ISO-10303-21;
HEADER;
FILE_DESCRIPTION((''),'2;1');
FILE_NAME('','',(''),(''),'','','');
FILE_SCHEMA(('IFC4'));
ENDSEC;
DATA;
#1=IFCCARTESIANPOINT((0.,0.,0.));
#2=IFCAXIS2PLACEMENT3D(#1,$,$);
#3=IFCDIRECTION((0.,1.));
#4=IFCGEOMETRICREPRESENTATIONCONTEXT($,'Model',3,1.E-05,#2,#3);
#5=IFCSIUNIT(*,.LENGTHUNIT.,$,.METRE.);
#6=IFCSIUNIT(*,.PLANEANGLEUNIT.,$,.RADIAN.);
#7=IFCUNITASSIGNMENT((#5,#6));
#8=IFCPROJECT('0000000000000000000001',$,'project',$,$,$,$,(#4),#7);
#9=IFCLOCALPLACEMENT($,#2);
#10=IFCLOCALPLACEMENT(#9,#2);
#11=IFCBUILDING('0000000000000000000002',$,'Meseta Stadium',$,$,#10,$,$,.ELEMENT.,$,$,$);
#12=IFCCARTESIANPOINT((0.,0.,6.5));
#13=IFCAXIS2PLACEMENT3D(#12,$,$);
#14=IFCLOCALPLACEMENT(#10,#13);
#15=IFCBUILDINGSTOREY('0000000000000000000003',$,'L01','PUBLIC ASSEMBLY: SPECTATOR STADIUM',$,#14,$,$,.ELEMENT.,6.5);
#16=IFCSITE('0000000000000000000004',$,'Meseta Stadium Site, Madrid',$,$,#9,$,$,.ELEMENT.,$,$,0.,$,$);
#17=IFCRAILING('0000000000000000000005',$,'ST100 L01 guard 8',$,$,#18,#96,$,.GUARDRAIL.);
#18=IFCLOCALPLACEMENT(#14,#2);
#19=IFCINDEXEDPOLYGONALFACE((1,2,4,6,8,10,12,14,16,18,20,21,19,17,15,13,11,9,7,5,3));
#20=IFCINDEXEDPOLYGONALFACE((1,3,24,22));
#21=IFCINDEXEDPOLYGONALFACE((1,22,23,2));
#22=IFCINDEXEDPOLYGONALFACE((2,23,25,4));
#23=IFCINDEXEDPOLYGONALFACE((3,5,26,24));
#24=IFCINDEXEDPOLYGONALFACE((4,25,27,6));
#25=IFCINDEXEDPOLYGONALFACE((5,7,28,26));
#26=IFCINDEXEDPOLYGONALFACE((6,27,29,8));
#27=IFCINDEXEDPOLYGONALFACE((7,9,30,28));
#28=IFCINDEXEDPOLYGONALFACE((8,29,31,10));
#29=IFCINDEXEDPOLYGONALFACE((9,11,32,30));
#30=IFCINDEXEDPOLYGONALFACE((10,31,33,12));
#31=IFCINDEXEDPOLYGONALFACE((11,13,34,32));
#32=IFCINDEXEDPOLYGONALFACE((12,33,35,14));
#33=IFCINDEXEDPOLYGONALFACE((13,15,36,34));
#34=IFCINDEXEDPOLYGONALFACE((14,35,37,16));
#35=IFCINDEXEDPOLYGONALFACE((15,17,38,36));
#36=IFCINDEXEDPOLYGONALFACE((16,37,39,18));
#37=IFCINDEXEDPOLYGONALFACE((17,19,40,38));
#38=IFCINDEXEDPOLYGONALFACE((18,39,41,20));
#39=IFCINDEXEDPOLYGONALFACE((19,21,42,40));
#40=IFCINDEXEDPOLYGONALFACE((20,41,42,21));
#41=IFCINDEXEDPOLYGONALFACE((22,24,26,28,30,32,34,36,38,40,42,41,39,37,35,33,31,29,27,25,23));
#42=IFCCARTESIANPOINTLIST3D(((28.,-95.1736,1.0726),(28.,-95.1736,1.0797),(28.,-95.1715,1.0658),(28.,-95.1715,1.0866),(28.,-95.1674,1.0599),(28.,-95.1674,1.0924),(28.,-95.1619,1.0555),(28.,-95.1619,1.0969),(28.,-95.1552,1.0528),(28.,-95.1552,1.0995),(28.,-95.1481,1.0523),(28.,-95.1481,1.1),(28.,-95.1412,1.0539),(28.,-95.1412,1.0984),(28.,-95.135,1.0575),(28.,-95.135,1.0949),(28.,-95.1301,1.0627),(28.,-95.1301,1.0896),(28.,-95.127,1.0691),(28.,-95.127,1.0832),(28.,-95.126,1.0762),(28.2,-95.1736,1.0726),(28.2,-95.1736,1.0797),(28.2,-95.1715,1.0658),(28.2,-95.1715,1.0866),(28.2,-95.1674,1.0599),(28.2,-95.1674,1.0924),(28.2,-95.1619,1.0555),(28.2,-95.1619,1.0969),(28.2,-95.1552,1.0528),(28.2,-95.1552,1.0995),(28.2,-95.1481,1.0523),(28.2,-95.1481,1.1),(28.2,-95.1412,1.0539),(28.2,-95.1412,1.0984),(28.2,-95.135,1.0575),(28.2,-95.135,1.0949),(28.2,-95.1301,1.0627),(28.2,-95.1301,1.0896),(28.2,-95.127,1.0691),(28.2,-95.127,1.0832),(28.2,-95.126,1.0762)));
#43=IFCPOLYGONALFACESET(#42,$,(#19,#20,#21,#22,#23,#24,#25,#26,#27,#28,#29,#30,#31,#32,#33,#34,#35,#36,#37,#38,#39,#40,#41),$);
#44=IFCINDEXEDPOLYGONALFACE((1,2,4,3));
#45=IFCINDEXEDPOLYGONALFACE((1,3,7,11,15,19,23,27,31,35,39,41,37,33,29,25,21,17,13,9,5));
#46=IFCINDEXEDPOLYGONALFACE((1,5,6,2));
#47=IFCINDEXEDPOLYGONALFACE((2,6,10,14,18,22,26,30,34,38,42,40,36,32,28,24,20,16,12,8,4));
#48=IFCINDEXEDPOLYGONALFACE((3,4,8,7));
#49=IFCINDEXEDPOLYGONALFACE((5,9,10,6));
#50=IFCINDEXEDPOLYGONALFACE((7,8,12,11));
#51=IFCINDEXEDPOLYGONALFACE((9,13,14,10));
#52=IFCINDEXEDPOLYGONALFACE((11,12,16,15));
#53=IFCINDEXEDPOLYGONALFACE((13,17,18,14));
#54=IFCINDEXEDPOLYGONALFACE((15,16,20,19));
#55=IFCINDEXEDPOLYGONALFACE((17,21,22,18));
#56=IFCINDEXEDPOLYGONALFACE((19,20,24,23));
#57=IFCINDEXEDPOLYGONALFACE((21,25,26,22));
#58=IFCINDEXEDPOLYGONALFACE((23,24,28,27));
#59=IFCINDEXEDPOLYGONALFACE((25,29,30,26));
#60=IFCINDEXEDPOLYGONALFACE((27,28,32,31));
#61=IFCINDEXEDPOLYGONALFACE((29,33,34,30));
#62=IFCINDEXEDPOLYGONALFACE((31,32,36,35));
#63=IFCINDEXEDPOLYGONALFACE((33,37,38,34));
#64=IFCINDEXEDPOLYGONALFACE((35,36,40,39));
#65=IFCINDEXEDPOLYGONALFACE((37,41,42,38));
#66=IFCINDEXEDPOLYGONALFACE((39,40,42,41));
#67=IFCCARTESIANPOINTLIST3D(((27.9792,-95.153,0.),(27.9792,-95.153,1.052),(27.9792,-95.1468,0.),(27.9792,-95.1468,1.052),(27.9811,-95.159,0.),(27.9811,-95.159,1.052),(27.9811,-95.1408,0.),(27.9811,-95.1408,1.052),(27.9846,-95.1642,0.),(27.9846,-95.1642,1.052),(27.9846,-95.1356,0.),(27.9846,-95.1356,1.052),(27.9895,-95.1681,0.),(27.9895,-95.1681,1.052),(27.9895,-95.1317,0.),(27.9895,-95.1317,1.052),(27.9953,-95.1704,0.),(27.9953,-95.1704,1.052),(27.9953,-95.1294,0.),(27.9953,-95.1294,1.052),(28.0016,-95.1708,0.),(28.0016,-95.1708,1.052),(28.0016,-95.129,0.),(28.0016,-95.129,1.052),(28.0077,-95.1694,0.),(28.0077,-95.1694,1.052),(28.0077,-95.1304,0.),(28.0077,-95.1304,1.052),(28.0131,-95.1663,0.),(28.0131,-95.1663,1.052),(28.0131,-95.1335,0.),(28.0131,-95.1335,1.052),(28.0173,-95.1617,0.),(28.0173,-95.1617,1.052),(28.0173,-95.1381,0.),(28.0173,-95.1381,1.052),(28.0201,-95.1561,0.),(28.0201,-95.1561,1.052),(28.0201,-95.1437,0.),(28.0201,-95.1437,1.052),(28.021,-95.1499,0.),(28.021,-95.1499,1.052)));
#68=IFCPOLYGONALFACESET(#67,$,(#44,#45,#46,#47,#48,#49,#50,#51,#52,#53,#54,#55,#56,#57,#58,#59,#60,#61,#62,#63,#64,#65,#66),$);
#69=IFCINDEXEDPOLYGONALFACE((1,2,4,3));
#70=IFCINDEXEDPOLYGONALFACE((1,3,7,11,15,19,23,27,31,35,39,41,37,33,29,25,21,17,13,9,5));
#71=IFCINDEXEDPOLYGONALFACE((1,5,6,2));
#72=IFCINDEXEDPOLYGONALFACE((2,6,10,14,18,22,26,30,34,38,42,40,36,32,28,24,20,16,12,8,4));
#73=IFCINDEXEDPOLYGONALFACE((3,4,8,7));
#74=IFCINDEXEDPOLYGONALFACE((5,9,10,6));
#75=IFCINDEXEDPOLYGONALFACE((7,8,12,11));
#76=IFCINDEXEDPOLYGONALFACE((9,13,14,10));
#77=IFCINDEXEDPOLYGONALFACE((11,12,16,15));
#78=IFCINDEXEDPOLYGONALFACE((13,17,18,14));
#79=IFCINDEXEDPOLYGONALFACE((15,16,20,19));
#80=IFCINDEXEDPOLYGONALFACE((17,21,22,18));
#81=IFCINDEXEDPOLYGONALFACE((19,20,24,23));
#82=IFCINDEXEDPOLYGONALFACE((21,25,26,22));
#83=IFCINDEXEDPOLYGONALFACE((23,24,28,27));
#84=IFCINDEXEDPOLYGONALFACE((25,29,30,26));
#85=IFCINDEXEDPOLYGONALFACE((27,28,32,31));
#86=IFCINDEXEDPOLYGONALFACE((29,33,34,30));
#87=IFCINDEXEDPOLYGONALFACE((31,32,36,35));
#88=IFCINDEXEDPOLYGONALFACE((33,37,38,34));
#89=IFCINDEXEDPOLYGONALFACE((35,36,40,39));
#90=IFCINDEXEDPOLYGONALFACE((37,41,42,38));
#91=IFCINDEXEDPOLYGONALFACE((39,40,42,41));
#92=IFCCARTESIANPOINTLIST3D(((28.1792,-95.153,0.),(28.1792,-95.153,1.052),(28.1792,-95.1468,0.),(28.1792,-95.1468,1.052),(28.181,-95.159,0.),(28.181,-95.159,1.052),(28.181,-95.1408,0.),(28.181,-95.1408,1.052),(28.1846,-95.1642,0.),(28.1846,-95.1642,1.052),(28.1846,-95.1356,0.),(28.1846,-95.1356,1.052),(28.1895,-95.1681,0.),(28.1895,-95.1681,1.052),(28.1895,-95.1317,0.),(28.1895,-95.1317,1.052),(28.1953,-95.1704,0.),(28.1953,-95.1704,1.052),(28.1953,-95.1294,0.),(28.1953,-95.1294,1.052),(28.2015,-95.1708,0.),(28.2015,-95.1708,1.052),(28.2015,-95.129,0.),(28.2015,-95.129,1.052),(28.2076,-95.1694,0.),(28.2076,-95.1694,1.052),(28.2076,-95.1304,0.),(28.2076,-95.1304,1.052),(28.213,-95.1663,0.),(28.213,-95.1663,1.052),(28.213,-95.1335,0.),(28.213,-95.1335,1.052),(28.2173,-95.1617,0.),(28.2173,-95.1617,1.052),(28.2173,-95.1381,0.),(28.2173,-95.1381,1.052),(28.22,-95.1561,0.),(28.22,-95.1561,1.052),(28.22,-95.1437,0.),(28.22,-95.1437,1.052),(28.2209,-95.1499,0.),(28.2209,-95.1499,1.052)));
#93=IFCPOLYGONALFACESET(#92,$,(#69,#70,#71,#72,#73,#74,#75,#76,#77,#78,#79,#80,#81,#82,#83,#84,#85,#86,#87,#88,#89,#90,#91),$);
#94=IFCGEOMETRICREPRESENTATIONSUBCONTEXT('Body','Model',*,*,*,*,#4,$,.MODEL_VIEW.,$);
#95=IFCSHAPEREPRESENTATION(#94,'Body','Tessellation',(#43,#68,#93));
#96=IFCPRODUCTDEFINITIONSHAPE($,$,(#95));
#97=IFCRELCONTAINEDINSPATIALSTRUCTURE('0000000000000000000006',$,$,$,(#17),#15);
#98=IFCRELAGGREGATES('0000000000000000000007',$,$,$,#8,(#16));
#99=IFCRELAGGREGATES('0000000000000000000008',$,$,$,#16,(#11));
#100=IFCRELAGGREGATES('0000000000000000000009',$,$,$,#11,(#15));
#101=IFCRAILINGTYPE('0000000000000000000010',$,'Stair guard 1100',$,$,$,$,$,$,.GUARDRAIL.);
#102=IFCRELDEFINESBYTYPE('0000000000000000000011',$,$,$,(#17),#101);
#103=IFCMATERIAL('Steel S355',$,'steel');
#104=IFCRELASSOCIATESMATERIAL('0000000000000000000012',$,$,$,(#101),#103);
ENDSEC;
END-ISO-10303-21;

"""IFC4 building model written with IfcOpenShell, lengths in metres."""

from ifc_helpers import new_model, si_unit, direction, frame, origin, origin_2d, place, context, subcontext, project, spatial, circle, extrude, material, type_object, element, save


model = new_model("IFC4")

# Units and contexts
model_context = context("Model", 3, precision=1e-05, world=origin(), true_north=direction((0.0, 1.0)))
body_context = subcontext(model_context, "Body", "Model", "MODEL_VIEW")
ifc_project = project(units=[si_unit("LENGTHUNIT", "METRE"), si_unit("PLANEANGLEUNIT", "RADIAN")], contexts=[model_context])

# Site, building, storey
site_placement = place(None, origin())
site = spatial("IfcSite", under=ifc_project, at=site_placement, Name="Meseta Stadium Site, Madrid", CompositionType="ELEMENT", RefElevation=0.0)
building_placement = place(site_placement, origin())
building = spatial("IfcBuilding", under=site, at=building_placement, Name="Meseta Stadium", CompositionType="ELEMENT")
storey_placement = place(building_placement, frame((0.0, 0.0, 6.5)))
storey = spatial("IfcBuildingStorey", under=building, at=storey_placement, Name="L01", Description="PUBLIC ASSEMBLY: SPECTATOR STADIUM", CompositionType="ELEMENT", Elevation=6.5)

# Railing
ifc_material_1 = material(Name="Steel S355", Category="steel")
railing_type_1 = type_object("IfcRailingType", Name="Stair guard 1100", PredefinedType="GUARDRAIL", material=ifc_material_1)
railing_1_placement = place(storey_placement, frame((28.0, -95.1499, 0.0)))
element("IfcRailing", 1, at=railing_1_placement, inside=storey, type_object=railing_type_1, Name="ST100 L01 guard 8", PredefinedType="GUARDRAIL", context=body_context, shape_type="SweptSolid", body=[
    extrude(circle(Radius=0.0239, at=origin_2d()), frame((0.0, 0.0, 1.0762), z_axis=(1.0, 0.0, 0.0), x_axis=(0.0, 1.0, 0.0)), (0.0, 0.0, 1.0), 0.2),
    extrude(circle(Radius=0.021, at=origin_2d()), origin(), (0.0, 0.0, 1.0), 1.052),
    extrude(circle(Radius=0.021, at=origin_2d()), frame((0.2, 0.0, 0.0)), (0.0, 0.0, 1.0), 1.052),
])

save(model, "model.ifc")
